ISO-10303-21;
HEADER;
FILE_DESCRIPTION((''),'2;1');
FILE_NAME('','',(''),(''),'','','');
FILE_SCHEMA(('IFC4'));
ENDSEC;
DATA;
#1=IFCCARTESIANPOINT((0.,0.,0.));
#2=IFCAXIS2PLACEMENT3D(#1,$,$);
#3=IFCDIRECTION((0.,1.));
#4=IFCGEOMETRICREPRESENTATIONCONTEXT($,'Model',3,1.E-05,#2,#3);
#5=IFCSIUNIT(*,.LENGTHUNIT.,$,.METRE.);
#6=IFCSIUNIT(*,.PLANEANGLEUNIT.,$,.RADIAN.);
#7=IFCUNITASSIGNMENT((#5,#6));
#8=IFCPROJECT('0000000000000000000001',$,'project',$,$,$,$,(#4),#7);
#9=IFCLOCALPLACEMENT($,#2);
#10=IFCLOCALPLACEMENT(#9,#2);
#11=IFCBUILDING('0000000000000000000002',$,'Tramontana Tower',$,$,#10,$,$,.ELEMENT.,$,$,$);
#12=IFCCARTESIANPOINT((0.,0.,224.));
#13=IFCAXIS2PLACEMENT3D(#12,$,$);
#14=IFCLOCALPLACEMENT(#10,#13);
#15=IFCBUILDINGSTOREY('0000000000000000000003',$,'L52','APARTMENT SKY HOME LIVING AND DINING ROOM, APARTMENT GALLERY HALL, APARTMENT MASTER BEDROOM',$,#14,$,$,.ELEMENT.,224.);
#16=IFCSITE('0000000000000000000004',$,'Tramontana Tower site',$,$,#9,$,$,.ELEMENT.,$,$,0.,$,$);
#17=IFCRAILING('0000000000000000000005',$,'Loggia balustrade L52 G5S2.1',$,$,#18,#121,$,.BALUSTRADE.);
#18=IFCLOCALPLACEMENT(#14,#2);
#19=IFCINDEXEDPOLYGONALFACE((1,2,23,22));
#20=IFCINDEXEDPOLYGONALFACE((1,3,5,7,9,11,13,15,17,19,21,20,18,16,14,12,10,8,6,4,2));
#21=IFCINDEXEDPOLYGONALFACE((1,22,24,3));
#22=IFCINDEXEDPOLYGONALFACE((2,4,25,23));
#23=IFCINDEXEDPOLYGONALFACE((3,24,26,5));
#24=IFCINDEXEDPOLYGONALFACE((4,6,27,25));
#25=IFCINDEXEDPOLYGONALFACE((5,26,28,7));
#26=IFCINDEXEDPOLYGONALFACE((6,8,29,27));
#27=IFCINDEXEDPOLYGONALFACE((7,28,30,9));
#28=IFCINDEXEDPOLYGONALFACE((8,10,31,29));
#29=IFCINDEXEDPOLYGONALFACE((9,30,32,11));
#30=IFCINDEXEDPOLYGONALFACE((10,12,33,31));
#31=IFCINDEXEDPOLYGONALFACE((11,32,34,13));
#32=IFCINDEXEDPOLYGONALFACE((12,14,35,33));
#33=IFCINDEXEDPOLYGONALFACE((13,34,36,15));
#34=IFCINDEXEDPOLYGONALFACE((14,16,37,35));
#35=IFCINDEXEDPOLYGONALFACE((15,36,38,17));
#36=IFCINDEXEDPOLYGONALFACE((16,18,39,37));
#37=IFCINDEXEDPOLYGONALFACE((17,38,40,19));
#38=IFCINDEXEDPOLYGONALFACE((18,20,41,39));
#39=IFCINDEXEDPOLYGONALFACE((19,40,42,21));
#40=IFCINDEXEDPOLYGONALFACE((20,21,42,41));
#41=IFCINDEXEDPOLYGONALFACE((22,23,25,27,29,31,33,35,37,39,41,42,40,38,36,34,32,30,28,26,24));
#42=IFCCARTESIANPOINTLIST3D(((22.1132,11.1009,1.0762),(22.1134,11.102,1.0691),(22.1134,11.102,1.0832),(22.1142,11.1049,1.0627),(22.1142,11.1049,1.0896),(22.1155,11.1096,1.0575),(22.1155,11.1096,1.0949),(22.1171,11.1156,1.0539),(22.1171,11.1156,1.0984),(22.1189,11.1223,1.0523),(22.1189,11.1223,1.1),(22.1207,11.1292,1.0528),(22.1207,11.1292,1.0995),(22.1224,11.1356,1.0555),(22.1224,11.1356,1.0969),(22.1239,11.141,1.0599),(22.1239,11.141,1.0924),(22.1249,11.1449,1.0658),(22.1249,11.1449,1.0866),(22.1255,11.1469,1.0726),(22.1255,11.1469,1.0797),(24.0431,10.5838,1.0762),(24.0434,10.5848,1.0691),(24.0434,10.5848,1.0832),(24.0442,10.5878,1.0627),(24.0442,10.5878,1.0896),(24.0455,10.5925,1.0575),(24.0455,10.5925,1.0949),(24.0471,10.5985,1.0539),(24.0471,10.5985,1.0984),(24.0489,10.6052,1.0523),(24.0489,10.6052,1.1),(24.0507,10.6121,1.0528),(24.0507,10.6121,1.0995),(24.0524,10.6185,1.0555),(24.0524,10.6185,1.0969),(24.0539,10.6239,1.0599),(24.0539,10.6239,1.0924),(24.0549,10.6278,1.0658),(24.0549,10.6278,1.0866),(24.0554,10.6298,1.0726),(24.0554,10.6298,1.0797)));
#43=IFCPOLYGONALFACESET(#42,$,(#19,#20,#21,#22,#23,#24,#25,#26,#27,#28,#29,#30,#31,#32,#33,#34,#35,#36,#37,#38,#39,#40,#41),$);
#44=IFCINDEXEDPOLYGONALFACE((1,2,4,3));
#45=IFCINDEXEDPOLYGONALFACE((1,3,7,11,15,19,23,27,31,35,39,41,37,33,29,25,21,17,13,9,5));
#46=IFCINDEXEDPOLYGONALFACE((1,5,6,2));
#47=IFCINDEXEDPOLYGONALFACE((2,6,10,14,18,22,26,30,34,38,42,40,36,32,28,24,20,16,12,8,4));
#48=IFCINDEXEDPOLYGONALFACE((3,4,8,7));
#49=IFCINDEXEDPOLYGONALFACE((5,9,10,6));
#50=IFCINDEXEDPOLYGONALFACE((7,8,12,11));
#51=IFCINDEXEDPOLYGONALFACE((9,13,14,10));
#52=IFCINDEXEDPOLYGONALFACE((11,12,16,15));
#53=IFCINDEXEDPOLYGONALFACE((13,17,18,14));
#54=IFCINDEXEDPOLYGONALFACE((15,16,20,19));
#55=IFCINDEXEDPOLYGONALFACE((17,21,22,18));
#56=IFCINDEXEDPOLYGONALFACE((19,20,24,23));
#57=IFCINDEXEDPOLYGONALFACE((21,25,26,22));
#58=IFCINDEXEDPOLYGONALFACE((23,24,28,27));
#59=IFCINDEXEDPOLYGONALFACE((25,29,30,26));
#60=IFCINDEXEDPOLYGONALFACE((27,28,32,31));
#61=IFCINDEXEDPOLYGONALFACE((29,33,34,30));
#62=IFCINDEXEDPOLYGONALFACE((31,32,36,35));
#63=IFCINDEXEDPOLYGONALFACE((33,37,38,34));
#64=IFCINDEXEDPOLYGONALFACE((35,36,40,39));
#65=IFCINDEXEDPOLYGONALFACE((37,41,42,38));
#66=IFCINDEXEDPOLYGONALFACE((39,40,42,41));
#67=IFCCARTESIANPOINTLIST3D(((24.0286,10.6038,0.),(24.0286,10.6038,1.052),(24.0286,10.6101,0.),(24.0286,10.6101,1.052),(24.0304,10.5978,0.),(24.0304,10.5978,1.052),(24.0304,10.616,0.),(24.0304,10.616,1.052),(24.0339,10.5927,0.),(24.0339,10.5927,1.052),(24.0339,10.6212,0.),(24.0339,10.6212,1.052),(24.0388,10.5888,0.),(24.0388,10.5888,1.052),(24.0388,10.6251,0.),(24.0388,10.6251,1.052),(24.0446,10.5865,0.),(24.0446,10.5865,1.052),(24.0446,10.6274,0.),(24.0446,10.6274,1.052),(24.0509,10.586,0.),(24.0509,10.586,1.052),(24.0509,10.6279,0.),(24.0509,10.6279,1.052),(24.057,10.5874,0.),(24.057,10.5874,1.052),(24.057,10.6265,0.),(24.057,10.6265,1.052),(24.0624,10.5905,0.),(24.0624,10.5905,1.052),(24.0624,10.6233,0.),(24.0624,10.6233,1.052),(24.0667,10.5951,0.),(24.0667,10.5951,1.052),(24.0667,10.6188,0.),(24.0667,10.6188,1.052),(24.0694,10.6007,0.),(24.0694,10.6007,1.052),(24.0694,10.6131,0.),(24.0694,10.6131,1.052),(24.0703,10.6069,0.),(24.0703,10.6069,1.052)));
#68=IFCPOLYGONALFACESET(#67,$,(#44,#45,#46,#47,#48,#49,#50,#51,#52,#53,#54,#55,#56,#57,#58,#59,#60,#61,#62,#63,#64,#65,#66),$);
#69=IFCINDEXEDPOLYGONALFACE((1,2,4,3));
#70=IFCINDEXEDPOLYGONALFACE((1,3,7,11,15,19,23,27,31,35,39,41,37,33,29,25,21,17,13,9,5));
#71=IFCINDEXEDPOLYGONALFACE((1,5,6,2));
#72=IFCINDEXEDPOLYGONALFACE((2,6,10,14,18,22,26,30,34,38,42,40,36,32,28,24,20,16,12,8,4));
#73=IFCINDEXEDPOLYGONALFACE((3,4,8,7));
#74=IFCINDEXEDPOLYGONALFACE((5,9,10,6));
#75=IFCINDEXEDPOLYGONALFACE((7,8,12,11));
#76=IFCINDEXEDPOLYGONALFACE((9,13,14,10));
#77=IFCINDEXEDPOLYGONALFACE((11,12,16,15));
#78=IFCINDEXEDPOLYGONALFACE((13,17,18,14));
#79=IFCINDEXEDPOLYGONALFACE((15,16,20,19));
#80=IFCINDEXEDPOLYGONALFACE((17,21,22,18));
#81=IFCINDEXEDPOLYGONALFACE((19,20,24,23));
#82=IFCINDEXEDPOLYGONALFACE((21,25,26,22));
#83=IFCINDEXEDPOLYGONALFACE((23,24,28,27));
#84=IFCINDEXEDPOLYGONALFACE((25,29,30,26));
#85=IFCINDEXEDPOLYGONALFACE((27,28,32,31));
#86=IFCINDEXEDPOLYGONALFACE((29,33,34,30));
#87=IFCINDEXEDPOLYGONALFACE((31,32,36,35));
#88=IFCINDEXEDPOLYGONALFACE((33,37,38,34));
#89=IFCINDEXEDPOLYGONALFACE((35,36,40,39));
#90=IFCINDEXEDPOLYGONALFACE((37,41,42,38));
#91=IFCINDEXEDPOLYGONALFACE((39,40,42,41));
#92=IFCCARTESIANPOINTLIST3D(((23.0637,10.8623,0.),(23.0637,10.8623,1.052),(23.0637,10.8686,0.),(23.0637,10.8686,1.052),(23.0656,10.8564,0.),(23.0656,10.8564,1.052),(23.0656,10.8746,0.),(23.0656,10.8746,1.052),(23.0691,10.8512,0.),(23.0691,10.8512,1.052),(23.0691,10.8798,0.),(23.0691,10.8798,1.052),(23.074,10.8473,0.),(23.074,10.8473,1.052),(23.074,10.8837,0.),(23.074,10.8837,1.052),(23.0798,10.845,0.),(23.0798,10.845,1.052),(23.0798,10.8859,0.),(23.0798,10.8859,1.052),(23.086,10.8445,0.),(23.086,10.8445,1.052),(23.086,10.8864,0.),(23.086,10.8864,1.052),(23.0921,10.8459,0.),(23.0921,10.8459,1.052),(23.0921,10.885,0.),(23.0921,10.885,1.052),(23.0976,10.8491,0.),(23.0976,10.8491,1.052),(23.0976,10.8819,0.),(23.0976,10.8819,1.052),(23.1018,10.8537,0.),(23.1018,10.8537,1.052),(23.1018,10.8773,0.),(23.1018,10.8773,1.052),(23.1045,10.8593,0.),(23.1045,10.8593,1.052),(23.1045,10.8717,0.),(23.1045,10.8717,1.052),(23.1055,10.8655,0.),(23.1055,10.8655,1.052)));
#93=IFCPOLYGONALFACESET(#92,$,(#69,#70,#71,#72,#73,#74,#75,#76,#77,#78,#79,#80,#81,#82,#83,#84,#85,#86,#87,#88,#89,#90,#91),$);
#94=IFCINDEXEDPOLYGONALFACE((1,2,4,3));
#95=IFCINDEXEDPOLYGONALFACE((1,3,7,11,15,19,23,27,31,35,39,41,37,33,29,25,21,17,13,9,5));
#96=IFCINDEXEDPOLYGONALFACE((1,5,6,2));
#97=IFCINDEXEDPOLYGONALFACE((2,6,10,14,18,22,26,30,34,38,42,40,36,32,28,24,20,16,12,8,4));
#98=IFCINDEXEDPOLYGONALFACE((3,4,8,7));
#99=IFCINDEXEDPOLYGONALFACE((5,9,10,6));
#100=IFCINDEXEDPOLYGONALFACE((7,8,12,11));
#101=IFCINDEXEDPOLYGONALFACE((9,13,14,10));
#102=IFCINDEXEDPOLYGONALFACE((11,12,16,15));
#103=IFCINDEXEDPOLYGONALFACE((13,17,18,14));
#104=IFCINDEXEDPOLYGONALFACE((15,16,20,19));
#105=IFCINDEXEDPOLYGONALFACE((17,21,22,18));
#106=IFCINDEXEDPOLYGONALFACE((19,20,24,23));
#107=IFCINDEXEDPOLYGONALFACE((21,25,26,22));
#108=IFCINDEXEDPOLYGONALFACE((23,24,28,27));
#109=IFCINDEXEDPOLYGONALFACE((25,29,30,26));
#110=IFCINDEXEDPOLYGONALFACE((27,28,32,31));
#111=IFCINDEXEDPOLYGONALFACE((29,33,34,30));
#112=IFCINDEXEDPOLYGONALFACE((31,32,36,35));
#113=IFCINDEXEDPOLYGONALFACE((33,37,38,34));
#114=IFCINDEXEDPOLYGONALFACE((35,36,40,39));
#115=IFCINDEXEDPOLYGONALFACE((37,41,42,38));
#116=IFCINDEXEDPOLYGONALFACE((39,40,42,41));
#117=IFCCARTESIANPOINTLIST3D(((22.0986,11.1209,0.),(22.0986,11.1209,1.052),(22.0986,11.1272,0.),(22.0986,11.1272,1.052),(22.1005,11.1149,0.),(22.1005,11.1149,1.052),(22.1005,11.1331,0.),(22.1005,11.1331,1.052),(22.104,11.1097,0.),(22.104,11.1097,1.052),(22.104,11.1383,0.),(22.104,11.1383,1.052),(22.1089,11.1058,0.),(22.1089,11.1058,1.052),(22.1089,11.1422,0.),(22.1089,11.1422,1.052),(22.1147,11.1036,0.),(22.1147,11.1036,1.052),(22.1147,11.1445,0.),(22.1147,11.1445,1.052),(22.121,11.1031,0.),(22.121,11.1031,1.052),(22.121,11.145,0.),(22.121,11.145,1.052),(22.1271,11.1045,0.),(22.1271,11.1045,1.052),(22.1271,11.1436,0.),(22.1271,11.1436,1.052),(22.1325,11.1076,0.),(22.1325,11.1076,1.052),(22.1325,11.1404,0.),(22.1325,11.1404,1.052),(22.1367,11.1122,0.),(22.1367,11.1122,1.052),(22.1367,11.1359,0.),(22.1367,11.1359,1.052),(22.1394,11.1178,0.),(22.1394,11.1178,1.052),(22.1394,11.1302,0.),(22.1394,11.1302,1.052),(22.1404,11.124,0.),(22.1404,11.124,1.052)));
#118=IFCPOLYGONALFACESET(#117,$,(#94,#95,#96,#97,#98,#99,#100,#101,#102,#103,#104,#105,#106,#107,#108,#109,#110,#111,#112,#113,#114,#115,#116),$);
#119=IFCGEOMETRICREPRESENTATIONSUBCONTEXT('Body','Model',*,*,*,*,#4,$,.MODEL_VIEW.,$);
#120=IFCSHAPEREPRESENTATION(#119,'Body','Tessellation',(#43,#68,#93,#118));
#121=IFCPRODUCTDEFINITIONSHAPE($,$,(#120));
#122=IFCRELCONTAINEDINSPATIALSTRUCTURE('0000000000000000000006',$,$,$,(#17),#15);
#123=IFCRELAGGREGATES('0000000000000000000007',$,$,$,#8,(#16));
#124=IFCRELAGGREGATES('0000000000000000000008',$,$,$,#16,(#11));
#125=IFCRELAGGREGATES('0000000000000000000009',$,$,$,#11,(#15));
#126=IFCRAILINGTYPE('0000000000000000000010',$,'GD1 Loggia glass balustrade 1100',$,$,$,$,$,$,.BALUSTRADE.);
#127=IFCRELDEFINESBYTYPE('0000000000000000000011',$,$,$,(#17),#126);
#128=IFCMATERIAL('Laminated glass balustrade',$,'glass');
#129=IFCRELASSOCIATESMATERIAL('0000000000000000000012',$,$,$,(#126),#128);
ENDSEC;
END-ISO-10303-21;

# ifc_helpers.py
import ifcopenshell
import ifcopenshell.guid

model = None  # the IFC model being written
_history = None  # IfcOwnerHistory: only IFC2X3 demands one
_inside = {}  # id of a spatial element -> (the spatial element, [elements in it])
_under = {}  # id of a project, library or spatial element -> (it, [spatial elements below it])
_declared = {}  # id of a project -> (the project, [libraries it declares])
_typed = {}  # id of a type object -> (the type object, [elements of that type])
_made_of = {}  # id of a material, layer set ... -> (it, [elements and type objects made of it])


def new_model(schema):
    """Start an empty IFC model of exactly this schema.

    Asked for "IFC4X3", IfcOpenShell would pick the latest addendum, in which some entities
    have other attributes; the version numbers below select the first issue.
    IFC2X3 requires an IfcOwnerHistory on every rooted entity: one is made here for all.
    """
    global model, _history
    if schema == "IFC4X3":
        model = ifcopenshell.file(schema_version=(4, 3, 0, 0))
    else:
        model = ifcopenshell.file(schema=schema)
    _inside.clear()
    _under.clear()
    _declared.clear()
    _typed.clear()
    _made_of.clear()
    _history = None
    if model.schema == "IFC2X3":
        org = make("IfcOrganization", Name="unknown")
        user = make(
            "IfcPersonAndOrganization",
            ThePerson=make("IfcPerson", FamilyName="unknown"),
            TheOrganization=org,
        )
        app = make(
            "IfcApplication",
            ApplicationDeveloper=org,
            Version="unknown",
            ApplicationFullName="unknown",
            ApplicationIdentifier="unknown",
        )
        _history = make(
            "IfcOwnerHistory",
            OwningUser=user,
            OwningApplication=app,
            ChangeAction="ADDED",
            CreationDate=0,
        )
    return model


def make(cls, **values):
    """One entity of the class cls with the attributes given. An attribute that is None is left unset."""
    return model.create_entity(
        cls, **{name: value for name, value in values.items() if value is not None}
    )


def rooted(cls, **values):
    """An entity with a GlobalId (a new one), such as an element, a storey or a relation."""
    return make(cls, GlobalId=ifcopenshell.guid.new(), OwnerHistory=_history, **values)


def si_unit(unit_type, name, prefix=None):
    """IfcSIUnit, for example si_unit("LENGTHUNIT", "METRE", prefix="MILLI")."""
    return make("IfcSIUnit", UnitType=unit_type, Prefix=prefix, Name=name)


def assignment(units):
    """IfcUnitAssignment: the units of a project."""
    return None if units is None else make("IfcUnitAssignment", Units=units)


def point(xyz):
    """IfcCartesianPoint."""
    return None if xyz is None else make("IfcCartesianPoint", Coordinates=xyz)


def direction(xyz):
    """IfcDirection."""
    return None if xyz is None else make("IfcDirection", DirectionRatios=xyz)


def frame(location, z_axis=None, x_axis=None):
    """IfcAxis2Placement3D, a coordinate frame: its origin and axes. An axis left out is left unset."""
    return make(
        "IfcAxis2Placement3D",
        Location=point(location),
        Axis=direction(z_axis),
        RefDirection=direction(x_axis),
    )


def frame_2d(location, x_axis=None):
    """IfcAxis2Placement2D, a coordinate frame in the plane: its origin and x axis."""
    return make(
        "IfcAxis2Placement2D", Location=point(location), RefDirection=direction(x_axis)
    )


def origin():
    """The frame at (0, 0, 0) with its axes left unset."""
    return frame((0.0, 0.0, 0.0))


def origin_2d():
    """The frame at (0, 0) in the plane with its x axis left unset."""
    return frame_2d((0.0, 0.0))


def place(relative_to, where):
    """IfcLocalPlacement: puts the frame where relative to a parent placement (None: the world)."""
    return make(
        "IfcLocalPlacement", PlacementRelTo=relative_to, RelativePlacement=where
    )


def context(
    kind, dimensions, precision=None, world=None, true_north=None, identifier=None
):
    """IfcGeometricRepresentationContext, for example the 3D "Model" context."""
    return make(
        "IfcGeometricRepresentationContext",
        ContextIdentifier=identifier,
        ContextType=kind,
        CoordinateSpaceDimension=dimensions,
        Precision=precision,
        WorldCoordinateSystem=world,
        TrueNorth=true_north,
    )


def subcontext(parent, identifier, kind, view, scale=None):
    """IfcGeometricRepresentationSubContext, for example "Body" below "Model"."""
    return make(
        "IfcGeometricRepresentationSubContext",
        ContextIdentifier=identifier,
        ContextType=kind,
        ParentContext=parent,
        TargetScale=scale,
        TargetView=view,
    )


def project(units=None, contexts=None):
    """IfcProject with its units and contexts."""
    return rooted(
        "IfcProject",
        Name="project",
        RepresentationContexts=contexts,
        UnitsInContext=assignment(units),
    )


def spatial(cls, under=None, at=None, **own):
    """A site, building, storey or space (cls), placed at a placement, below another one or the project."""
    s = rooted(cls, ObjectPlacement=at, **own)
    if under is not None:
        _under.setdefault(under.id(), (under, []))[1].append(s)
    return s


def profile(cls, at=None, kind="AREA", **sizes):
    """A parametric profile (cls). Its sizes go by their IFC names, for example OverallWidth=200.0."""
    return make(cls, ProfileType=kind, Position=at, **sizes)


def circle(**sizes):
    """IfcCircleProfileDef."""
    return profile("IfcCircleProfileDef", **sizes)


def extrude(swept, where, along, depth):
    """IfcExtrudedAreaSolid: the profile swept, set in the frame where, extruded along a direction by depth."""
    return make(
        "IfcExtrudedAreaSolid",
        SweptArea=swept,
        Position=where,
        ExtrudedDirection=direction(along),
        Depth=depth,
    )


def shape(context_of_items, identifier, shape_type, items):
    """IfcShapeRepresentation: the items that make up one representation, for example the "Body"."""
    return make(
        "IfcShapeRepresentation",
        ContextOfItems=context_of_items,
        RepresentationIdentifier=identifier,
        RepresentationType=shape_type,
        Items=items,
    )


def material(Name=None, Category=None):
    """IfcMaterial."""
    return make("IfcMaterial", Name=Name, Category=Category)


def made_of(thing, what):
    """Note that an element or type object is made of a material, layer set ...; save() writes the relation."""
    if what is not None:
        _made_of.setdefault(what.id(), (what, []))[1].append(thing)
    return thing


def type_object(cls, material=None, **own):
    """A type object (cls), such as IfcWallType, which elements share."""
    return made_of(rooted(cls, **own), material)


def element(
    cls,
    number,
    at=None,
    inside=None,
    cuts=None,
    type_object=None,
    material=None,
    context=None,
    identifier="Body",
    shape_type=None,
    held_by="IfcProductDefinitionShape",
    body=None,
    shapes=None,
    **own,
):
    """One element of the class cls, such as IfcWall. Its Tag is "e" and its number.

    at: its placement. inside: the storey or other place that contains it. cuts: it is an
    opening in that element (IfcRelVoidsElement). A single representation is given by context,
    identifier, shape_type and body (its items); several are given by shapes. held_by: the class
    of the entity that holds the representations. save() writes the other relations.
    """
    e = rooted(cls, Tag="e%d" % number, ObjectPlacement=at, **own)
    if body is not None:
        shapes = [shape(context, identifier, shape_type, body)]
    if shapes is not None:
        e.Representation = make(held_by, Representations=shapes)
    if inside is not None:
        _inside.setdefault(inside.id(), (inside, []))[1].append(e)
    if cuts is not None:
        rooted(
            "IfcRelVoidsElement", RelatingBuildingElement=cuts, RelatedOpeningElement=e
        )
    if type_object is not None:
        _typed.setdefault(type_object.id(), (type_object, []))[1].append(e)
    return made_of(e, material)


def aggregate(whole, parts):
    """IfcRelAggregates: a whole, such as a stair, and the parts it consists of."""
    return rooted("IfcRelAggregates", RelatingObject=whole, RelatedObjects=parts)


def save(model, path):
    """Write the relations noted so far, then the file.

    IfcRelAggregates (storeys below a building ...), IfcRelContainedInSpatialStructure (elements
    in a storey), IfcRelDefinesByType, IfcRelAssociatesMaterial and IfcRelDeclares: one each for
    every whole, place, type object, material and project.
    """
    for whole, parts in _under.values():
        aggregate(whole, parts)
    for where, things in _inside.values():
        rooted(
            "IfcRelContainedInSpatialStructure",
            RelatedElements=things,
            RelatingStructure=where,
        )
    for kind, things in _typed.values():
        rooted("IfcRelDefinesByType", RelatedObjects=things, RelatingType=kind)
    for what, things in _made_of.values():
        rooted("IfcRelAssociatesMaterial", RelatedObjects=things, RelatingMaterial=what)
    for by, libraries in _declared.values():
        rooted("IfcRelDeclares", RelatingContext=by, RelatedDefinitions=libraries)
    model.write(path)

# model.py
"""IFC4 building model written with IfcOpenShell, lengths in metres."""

from ifc_helpers import new_model, si_unit, direction, frame, origin, origin_2d, place, context, subcontext, project, spatial, circle, extrude, material, type_object, element, save


model = new_model("IFC4")

# Units and contexts
model_context = context("Model", 3, precision=1e-05, world=origin(), true_north=direction((0.0, 1.0)))
body_context = subcontext(model_context, "Body", "Model", "MODEL_VIEW")
ifc_project = project(units=[si_unit("LENGTHUNIT", "METRE"), si_unit("PLANEANGLEUNIT", "RADIAN")], contexts=[model_context])

# Site, building, storey
site_placement = place(None, origin())
site = spatial("IfcSite", under=ifc_project, at=site_placement, Name="Tramontana Tower site", CompositionType="ELEMENT", RefElevation=0.0)
building_placement = place(site_placement, origin())
building = spatial("IfcBuilding", under=site, at=building_placement, Name="Tramontana Tower", CompositionType="ELEMENT")
storey_placement = place(building_placement, frame((0.0, 0.0, 224.0)))
storey = spatial("IfcBuildingStorey", under=building, at=storey_placement, Name="L52", Description="APARTMENT SKY HOME LIVING AND DINING ROOM, APARTMENT GALLERY HALL, APARTMENT MASTER BEDROOM", CompositionType="ELEMENT", Elevation=224.0)

# Railing
ifc_material_1 = material(Name="Laminated glass balustrade", Category="glass")
railing_type = type_object("IfcRailingType", Name="GD1 Loggia glass balustrade 1100", PredefinedType="BALUSTRADE", material=ifc_material_1)
railing_1_placement = place(storey_placement, frame((24.0493, 10.6069, 0.0)))
element("IfcRailing", 1, at=railing_1_placement, inside=storey, type_object=railing_type, Name="Loggia balustrade L52 G5S2.1", PredefinedType="BALUSTRADE", context=body_context, shape_type="SweptSolid", body=[
    extrude(circle(Radius=0.0239, at=origin_2d()), frame((0.0, 0.0, 1.0762), z_axis=(-0.96593, 0.258803, 0.0), x_axis=(-0.258803, -0.96593, 0.0)), (0.0, 0.0, 1.0), 1.998),
    extrude(circle(Radius=0.021, at=origin_2d()), origin(), (0.0, 0.0, 1.0), 1.052),
    extrude(circle(Radius=0.021, at=origin_2d()), frame((-0.9648, 0.2585, 0.0)), (0.0, 0.0, 1.0), 1.052),
    extrude(circle(Radius=0.021, at=origin_2d()), frame((-1.9299, 0.5171, 0.0)), (0.0, 0.0, 1.0), 1.052),
])

save(model, "model.ifc")
